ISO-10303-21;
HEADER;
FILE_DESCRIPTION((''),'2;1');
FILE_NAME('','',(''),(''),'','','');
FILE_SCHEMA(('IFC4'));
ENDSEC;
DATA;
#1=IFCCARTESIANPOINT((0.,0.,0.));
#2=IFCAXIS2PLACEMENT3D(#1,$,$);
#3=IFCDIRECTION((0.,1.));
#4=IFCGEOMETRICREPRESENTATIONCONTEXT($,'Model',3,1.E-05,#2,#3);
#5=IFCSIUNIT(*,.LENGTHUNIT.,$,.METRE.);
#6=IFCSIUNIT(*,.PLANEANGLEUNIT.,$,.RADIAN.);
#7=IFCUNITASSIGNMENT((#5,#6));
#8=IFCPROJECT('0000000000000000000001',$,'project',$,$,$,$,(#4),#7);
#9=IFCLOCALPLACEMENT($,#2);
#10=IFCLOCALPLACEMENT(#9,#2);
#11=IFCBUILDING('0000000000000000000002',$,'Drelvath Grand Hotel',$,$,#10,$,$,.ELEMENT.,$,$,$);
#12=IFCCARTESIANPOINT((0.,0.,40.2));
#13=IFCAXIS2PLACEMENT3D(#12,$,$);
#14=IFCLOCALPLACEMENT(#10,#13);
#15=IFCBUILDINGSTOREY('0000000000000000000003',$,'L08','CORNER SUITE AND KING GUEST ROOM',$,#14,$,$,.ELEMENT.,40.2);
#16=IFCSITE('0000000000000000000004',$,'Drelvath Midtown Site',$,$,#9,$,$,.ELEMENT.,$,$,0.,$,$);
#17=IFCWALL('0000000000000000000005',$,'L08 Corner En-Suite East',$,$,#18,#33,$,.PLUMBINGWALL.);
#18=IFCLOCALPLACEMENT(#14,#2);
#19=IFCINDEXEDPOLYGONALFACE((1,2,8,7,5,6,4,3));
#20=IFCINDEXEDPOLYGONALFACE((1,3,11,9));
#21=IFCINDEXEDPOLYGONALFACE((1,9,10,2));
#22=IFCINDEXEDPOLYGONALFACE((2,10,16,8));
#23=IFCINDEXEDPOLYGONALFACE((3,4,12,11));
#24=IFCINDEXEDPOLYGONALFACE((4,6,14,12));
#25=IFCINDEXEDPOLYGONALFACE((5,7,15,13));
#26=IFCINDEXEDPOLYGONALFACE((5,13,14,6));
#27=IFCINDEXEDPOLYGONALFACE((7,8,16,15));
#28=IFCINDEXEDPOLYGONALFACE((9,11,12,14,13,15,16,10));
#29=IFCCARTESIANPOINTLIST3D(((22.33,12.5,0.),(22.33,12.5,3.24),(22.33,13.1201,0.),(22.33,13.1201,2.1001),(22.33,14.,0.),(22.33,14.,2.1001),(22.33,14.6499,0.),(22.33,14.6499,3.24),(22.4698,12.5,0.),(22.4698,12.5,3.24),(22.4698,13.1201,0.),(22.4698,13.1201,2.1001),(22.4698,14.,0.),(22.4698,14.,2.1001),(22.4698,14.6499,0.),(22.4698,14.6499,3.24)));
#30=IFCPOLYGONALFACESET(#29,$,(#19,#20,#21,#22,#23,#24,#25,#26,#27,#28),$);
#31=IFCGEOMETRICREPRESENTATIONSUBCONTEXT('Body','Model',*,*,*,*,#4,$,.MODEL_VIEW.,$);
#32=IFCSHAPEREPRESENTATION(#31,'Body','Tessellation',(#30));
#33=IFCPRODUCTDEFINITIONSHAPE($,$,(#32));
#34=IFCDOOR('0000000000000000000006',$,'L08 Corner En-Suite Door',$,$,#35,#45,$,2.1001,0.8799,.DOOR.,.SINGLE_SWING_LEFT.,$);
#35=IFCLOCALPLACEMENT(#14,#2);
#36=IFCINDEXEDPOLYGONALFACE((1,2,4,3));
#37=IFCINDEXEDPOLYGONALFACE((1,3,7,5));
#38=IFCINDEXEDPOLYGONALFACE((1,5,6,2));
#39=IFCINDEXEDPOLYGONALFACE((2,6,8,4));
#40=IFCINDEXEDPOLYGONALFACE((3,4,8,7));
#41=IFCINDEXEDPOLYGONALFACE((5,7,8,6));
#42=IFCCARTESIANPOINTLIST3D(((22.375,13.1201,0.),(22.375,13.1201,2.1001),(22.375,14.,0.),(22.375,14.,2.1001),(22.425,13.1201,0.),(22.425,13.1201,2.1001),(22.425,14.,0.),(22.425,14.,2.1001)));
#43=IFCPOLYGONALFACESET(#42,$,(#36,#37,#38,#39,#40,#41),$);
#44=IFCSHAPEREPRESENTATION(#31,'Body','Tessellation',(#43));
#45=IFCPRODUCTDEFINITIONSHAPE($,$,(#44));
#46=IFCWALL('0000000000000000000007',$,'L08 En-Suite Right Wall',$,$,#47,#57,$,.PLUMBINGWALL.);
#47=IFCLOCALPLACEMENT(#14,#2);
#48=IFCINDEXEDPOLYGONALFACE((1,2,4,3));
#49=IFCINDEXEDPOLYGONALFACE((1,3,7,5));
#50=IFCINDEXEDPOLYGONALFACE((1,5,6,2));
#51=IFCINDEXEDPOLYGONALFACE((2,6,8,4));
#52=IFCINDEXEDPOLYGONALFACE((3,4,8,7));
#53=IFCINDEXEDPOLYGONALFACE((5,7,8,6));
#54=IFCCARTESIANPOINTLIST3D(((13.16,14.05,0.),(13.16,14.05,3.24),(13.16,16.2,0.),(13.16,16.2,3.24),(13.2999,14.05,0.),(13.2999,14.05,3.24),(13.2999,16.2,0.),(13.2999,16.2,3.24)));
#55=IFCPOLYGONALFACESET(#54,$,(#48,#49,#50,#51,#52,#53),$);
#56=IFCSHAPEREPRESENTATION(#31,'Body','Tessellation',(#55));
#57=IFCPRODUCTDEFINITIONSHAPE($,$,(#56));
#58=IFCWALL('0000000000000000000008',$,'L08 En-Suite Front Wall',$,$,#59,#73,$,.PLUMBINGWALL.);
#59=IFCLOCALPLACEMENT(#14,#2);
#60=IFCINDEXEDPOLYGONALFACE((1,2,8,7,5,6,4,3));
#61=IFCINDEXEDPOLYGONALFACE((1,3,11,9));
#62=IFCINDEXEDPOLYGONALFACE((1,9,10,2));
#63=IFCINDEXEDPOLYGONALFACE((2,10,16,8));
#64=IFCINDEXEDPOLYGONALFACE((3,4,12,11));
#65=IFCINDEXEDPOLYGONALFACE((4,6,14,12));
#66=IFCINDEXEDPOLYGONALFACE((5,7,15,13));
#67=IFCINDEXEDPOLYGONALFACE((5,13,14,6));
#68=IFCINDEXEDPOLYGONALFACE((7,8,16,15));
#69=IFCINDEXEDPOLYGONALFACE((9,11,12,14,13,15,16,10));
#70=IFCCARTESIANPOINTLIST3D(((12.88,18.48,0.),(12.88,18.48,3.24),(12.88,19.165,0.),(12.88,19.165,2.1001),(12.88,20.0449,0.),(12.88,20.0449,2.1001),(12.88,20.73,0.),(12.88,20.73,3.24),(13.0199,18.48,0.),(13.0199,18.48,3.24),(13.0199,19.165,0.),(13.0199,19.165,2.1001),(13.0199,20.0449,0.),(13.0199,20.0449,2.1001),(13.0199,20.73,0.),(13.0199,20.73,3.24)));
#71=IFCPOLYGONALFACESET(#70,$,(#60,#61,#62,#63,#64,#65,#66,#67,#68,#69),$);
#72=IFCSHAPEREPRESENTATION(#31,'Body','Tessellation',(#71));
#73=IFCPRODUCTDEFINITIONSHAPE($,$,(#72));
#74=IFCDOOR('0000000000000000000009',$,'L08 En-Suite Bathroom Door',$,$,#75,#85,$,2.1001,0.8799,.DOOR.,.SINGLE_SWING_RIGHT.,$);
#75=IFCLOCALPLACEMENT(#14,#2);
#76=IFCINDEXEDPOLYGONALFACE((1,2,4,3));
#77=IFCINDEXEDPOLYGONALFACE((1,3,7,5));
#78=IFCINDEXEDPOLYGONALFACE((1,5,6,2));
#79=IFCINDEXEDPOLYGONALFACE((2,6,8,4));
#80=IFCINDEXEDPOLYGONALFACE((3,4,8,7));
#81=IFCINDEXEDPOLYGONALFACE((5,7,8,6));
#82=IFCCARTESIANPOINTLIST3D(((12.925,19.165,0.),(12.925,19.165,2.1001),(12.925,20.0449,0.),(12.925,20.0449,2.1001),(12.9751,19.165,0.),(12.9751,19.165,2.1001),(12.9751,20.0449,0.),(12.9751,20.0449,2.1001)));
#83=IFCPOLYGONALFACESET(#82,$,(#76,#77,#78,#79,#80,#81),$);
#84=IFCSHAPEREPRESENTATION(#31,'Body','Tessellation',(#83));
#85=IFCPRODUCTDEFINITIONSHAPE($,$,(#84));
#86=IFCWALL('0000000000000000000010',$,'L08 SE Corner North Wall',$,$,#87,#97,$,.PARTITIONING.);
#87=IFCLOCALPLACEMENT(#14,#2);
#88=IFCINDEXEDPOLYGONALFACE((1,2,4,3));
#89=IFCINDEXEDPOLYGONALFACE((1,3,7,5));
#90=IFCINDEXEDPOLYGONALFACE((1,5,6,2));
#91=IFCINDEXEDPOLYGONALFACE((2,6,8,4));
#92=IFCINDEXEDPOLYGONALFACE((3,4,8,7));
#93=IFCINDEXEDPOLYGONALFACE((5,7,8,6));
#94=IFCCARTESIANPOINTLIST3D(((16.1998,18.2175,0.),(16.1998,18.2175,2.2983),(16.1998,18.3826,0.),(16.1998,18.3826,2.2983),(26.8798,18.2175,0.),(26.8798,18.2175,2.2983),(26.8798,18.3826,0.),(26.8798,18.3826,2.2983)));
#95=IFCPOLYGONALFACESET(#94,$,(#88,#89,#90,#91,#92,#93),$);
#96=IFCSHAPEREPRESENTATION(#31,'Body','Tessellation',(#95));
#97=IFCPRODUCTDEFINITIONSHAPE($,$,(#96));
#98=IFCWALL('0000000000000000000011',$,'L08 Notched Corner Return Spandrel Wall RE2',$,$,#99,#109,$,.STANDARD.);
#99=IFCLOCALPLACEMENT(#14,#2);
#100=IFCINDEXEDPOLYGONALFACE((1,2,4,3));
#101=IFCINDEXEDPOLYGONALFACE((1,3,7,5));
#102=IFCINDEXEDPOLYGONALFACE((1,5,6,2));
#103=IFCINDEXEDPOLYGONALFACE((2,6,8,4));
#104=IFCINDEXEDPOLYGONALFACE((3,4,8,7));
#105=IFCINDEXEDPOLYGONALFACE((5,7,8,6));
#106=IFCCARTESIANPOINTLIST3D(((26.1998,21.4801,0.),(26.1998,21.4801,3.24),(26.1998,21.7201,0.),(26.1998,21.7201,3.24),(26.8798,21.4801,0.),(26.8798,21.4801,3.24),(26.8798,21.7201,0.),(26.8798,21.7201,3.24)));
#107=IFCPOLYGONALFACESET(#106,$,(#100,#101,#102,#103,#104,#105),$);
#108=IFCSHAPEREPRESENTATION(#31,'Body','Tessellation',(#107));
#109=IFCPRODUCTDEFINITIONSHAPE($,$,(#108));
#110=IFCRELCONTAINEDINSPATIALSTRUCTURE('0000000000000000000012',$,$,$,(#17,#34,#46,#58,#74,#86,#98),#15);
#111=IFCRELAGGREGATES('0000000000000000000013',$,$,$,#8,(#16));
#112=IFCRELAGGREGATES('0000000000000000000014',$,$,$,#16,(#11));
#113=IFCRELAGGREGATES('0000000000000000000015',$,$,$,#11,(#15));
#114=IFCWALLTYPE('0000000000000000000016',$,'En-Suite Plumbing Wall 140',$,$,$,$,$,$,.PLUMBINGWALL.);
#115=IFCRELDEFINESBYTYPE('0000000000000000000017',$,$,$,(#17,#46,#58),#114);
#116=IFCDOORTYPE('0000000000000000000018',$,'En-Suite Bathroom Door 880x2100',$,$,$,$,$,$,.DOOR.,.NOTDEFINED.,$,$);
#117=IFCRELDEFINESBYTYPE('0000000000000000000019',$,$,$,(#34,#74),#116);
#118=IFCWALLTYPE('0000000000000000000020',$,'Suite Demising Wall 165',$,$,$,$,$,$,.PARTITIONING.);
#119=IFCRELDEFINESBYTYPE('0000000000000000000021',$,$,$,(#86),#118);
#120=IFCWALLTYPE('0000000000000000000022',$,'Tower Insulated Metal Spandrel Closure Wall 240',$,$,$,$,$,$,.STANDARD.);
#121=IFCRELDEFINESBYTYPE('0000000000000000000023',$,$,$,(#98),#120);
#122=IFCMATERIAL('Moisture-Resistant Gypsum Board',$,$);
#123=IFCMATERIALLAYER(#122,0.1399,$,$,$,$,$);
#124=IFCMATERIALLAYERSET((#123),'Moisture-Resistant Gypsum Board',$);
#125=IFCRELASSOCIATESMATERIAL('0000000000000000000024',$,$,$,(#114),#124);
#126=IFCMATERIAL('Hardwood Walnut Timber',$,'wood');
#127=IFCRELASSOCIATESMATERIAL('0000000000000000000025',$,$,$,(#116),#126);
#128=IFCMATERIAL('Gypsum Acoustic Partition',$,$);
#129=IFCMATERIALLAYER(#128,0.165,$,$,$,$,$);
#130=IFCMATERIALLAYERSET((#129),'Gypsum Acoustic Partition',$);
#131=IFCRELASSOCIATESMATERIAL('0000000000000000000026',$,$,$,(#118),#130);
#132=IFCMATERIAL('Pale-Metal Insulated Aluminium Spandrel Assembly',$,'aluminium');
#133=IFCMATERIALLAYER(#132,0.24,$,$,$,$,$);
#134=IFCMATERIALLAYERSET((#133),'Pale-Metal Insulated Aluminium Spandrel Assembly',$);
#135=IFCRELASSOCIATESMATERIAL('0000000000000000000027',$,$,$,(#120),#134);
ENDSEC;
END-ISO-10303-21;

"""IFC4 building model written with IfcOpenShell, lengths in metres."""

from ifc_helpers import new_model, si_unit, direction, frame, frame_2d, origin, place, context, subcontext, project, spatial, rectangle, extrude, material, layer, layer_set, type_object, element, fill, save


model = new_model("IFC4")

# Units and contexts
model_context = context("Model", 3, precision=1e-05, world=origin(), true_north=direction((0.0, 1.0)))
body_context = subcontext(model_context, "Body", "Model", "MODEL_VIEW")
ifc_project = project(units=[si_unit("LENGTHUNIT", "METRE"), si_unit("PLANEANGLEUNIT", "RADIAN")], contexts=[model_context])

# Site, building, storey
site_placement = place(None, origin())
site = spatial("IfcSite", under=ifc_project, at=site_placement, Name="Drelvath Midtown Site", CompositionType="ELEMENT", RefElevation=0.0)
building_placement = place(site_placement, origin())
building = spatial("IfcBuilding", under=site, at=building_placement, Name="Drelvath Grand Hotel", CompositionType="ELEMENT")
storey_placement = place(building_placement, frame((0.0, 0.0, 40.2)))
storey = spatial("IfcBuildingStorey", under=building, at=storey_placement, Name="L08", Description="CORNER SUITE AND KING GUEST ROOM", CompositionType="ELEMENT", Elevation=40.2)

# Shared definitions
ifc_material_1 = material(Name="Hardwood Walnut Timber", Category="wood")

# Shared definitions
ifc_material_2 = material(Name="Moisture-Resistant Gypsum Board")
ifc_layer_1 = layer(ifc_material_2, 0.1399)
ifc_layer_set_1 = layer_set([ifc_layer_1], Name="Moisture-Resistant Gypsum Board")
wall_type_1 = type_object("IfcWallType", Name="En-Suite Plumbing Wall 140", PredefinedType="PLUMBINGWALL", material=ifc_layer_set_1)

# Wall, opening, door
wall_1_placement = place(storey_placement, frame((22.3999, 12.5, 0.0), z_axis=(0.0, 0.0, 1.0), x_axis=(0.0, 1.0, 0.0)))
wall_1 = element("IfcWall", 1, at=wall_1_placement, inside=storey, type_object=wall_type_1, Name="L08 Corner En-Suite East", PredefinedType="PLUMBINGWALL", context=body_context, shape_type="SweptSolid", body=[
    extrude(rectangle(XDim=2.1499, YDim=0.1399, at=frame_2d((1.075, 0.0))), origin(), (0.0, 0.0, 1.0), 3.24),
])
opening_1_placement = place(wall_1_placement, frame((0.6201, 0.0, 0.0)))
opening_1 = element("IfcOpeningElement", 2, at=opening_1_placement, cuts=wall_1, PredefinedType="OPENING", context=body_context, shape_type="SweptSolid", body=[
    extrude(rectangle(XDim=0.8799, YDim=2.1001, at=frame_2d((0.4399, 1.05))), frame((0.0, 0.0798, 0.0), z_axis=(0.0, -1.0, 0.0), x_axis=(1.0, 0.0, 0.0)), (0.0, 0.0, 1.0), 0.1599),
])
door_type_1 = type_object("IfcDoorType", Name="En-Suite Bathroom Door 880x2100", OperationType="NOTDEFINED", PredefinedType="DOOR", material=ifc_material_1)
door_1_placement = place(opening_1_placement, origin())
door_1 = element("IfcDoor", 3, at=door_1_placement, inside=storey, type_object=door_type_1, Name="L08 Corner En-Suite Door", OperationType="SINGLE_SWING_LEFT", OverallHeight=2.1001, OverallWidth=0.8799, PredefinedType="DOOR", context=body_context, shape_type="SweptSolid", body=[
    extrude(rectangle(XDim=0.8799, YDim=2.1001, at=frame_2d((0.4399, 1.05))), frame((0.0, 0.0249, 0.0), z_axis=(0.0, -1.0, 0.0), x_axis=(1.0, 0.0, 0.0)), (0.0, 0.0, 1.0), 0.05),
])
fill(opening_1, door_1)

# Wall
wall_2_placement = place(storey_placement, frame((13.23, 16.2, 0.0), z_axis=(0.0, 0.0, 1.0), x_axis=(0.0, -1.0, 0.0)))
element("IfcWall", 4, at=wall_2_placement, inside=storey, type_object=wall_type_1, Name="L08 En-Suite Right Wall", PredefinedType="PLUMBINGWALL", context=body_context, shape_type="SweptSolid", body=[
    extrude(rectangle(XDim=2.1499, YDim=0.1399, at=frame_2d((1.075, 0.0))), origin(), (0.0, 0.0, 1.0), 3.24),
])

# Wall, opening, door
wall_3_placement = place(storey_placement, frame((12.95, 18.48, 0.0), z_axis=(0.0, 0.0, 1.0), x_axis=(0.0, 1.0, 0.0)))
wall_3 = element("IfcWall", 5, at=wall_3_placement, inside=storey, type_object=wall_type_1, Name="L08 En-Suite Front Wall", PredefinedType="PLUMBINGWALL", context=body_context, shape_type="SweptSolid", body=[
    extrude(rectangle(XDim=2.25, YDim=0.1399, at=frame_2d((1.125, 0.0))), origin(), (0.0, 0.0, 1.0), 3.24),
])
opening_2_placement = place(wall_3_placement, frame((0.6851, 0.0, 0.0)))
opening_2 = element("IfcOpeningElement", 6, at=opening_2_placement, cuts=wall_3, PredefinedType="OPENING", context=body_context, shape_type="SweptSolid", body=[
    extrude(rectangle(XDim=0.8799, YDim=2.1001, at=frame_2d((0.4399, 1.05))), frame((0.0, 0.0798, 0.0), z_axis=(0.0, -1.0, 0.0), x_axis=(1.0, 0.0, 0.0)), (0.0, 0.0, 1.0), 0.1599),
])
door_2_placement = place(opening_2_placement, origin())
door_2 = element("IfcDoor", 7, at=door_2_placement, inside=storey, type_object=door_type_1, Name="L08 En-Suite Bathroom Door", OperationType="SINGLE_SWING_RIGHT", OverallHeight=2.1001, OverallWidth=0.8799, PredefinedType="DOOR", context=body_context, shape_type="SweptSolid", body=[
    extrude(rectangle(XDim=0.8799, YDim=2.1001, at=frame_2d((0.4399, 1.05))), frame((0.0, 0.0249, 0.0), z_axis=(0.0, -1.0, 0.0), x_axis=(1.0, 0.0, 0.0)), (0.0, 0.0, 1.0), 0.05),
])
fill(opening_2, door_2)

# Walls
ifc_material_3 = material(Name="Gypsum Acoustic Partition")
ifc_layer_2 = layer(ifc_material_3, 0.165)
ifc_layer_set_2 = layer_set([ifc_layer_2], Name="Gypsum Acoustic Partition")
wall_type_2 = type_object("IfcWallType", Name="Suite Demising Wall 165", PredefinedType="PARTITIONING", material=ifc_layer_set_2)
wall_4_placement = place(storey_placement, frame((16.2, 18.3, 0.0), z_axis=(0.0, 0.0, 1.0), x_axis=(1.0, 0.0, 0.0)))
element("IfcWall", 8, at=wall_4_placement, inside=storey, type_object=wall_type_2, Name="L08 SE Corner North Wall", PredefinedType="PARTITIONING", context=body_context, shape_type="SweptSolid", body=[
    extrude(rectangle(XDim=10.6799, YDim=0.165, at=frame_2d((5.3398, 0.0))), origin(), (0.0, 0.0, 1.0), 2.2983),
])
ifc_material_4 = material(Name="Pale-Metal Insulated Aluminium Spandrel Assembly", Category="aluminium")
ifc_layer_3 = layer(ifc_material_4, 0.24)
ifc_layer_set_3 = layer_set([ifc_layer_3], Name="Pale-Metal Insulated Aluminium Spandrel Assembly")
wall_type_3 = type_object("IfcWallType", Name="Tower Insulated Metal Spandrel Closure Wall 240", PredefinedType="STANDARD", material=ifc_layer_set_3)
wall_5_placement = place(storey_placement, frame((26.2, 21.6001, 0.0), z_axis=(0.0, 0.0, 1.0), x_axis=(1.0, 0.0, 0.0)))
element("IfcWall", 9, at=wall_5_placement, inside=storey, type_object=wall_type_3, Name="L08 Notched Corner Return Spandrel Wall RE2", PredefinedType="STANDARD", context=body_context, shape_type="SweptSolid", body=[
    extrude(rectangle(XDim=0.6799, YDim=0.24, at=frame_2d((0.3398, 0.0))), origin(), (0.0, 0.0, 1.0), 3.24),
])

save(model, "model.ifc")
